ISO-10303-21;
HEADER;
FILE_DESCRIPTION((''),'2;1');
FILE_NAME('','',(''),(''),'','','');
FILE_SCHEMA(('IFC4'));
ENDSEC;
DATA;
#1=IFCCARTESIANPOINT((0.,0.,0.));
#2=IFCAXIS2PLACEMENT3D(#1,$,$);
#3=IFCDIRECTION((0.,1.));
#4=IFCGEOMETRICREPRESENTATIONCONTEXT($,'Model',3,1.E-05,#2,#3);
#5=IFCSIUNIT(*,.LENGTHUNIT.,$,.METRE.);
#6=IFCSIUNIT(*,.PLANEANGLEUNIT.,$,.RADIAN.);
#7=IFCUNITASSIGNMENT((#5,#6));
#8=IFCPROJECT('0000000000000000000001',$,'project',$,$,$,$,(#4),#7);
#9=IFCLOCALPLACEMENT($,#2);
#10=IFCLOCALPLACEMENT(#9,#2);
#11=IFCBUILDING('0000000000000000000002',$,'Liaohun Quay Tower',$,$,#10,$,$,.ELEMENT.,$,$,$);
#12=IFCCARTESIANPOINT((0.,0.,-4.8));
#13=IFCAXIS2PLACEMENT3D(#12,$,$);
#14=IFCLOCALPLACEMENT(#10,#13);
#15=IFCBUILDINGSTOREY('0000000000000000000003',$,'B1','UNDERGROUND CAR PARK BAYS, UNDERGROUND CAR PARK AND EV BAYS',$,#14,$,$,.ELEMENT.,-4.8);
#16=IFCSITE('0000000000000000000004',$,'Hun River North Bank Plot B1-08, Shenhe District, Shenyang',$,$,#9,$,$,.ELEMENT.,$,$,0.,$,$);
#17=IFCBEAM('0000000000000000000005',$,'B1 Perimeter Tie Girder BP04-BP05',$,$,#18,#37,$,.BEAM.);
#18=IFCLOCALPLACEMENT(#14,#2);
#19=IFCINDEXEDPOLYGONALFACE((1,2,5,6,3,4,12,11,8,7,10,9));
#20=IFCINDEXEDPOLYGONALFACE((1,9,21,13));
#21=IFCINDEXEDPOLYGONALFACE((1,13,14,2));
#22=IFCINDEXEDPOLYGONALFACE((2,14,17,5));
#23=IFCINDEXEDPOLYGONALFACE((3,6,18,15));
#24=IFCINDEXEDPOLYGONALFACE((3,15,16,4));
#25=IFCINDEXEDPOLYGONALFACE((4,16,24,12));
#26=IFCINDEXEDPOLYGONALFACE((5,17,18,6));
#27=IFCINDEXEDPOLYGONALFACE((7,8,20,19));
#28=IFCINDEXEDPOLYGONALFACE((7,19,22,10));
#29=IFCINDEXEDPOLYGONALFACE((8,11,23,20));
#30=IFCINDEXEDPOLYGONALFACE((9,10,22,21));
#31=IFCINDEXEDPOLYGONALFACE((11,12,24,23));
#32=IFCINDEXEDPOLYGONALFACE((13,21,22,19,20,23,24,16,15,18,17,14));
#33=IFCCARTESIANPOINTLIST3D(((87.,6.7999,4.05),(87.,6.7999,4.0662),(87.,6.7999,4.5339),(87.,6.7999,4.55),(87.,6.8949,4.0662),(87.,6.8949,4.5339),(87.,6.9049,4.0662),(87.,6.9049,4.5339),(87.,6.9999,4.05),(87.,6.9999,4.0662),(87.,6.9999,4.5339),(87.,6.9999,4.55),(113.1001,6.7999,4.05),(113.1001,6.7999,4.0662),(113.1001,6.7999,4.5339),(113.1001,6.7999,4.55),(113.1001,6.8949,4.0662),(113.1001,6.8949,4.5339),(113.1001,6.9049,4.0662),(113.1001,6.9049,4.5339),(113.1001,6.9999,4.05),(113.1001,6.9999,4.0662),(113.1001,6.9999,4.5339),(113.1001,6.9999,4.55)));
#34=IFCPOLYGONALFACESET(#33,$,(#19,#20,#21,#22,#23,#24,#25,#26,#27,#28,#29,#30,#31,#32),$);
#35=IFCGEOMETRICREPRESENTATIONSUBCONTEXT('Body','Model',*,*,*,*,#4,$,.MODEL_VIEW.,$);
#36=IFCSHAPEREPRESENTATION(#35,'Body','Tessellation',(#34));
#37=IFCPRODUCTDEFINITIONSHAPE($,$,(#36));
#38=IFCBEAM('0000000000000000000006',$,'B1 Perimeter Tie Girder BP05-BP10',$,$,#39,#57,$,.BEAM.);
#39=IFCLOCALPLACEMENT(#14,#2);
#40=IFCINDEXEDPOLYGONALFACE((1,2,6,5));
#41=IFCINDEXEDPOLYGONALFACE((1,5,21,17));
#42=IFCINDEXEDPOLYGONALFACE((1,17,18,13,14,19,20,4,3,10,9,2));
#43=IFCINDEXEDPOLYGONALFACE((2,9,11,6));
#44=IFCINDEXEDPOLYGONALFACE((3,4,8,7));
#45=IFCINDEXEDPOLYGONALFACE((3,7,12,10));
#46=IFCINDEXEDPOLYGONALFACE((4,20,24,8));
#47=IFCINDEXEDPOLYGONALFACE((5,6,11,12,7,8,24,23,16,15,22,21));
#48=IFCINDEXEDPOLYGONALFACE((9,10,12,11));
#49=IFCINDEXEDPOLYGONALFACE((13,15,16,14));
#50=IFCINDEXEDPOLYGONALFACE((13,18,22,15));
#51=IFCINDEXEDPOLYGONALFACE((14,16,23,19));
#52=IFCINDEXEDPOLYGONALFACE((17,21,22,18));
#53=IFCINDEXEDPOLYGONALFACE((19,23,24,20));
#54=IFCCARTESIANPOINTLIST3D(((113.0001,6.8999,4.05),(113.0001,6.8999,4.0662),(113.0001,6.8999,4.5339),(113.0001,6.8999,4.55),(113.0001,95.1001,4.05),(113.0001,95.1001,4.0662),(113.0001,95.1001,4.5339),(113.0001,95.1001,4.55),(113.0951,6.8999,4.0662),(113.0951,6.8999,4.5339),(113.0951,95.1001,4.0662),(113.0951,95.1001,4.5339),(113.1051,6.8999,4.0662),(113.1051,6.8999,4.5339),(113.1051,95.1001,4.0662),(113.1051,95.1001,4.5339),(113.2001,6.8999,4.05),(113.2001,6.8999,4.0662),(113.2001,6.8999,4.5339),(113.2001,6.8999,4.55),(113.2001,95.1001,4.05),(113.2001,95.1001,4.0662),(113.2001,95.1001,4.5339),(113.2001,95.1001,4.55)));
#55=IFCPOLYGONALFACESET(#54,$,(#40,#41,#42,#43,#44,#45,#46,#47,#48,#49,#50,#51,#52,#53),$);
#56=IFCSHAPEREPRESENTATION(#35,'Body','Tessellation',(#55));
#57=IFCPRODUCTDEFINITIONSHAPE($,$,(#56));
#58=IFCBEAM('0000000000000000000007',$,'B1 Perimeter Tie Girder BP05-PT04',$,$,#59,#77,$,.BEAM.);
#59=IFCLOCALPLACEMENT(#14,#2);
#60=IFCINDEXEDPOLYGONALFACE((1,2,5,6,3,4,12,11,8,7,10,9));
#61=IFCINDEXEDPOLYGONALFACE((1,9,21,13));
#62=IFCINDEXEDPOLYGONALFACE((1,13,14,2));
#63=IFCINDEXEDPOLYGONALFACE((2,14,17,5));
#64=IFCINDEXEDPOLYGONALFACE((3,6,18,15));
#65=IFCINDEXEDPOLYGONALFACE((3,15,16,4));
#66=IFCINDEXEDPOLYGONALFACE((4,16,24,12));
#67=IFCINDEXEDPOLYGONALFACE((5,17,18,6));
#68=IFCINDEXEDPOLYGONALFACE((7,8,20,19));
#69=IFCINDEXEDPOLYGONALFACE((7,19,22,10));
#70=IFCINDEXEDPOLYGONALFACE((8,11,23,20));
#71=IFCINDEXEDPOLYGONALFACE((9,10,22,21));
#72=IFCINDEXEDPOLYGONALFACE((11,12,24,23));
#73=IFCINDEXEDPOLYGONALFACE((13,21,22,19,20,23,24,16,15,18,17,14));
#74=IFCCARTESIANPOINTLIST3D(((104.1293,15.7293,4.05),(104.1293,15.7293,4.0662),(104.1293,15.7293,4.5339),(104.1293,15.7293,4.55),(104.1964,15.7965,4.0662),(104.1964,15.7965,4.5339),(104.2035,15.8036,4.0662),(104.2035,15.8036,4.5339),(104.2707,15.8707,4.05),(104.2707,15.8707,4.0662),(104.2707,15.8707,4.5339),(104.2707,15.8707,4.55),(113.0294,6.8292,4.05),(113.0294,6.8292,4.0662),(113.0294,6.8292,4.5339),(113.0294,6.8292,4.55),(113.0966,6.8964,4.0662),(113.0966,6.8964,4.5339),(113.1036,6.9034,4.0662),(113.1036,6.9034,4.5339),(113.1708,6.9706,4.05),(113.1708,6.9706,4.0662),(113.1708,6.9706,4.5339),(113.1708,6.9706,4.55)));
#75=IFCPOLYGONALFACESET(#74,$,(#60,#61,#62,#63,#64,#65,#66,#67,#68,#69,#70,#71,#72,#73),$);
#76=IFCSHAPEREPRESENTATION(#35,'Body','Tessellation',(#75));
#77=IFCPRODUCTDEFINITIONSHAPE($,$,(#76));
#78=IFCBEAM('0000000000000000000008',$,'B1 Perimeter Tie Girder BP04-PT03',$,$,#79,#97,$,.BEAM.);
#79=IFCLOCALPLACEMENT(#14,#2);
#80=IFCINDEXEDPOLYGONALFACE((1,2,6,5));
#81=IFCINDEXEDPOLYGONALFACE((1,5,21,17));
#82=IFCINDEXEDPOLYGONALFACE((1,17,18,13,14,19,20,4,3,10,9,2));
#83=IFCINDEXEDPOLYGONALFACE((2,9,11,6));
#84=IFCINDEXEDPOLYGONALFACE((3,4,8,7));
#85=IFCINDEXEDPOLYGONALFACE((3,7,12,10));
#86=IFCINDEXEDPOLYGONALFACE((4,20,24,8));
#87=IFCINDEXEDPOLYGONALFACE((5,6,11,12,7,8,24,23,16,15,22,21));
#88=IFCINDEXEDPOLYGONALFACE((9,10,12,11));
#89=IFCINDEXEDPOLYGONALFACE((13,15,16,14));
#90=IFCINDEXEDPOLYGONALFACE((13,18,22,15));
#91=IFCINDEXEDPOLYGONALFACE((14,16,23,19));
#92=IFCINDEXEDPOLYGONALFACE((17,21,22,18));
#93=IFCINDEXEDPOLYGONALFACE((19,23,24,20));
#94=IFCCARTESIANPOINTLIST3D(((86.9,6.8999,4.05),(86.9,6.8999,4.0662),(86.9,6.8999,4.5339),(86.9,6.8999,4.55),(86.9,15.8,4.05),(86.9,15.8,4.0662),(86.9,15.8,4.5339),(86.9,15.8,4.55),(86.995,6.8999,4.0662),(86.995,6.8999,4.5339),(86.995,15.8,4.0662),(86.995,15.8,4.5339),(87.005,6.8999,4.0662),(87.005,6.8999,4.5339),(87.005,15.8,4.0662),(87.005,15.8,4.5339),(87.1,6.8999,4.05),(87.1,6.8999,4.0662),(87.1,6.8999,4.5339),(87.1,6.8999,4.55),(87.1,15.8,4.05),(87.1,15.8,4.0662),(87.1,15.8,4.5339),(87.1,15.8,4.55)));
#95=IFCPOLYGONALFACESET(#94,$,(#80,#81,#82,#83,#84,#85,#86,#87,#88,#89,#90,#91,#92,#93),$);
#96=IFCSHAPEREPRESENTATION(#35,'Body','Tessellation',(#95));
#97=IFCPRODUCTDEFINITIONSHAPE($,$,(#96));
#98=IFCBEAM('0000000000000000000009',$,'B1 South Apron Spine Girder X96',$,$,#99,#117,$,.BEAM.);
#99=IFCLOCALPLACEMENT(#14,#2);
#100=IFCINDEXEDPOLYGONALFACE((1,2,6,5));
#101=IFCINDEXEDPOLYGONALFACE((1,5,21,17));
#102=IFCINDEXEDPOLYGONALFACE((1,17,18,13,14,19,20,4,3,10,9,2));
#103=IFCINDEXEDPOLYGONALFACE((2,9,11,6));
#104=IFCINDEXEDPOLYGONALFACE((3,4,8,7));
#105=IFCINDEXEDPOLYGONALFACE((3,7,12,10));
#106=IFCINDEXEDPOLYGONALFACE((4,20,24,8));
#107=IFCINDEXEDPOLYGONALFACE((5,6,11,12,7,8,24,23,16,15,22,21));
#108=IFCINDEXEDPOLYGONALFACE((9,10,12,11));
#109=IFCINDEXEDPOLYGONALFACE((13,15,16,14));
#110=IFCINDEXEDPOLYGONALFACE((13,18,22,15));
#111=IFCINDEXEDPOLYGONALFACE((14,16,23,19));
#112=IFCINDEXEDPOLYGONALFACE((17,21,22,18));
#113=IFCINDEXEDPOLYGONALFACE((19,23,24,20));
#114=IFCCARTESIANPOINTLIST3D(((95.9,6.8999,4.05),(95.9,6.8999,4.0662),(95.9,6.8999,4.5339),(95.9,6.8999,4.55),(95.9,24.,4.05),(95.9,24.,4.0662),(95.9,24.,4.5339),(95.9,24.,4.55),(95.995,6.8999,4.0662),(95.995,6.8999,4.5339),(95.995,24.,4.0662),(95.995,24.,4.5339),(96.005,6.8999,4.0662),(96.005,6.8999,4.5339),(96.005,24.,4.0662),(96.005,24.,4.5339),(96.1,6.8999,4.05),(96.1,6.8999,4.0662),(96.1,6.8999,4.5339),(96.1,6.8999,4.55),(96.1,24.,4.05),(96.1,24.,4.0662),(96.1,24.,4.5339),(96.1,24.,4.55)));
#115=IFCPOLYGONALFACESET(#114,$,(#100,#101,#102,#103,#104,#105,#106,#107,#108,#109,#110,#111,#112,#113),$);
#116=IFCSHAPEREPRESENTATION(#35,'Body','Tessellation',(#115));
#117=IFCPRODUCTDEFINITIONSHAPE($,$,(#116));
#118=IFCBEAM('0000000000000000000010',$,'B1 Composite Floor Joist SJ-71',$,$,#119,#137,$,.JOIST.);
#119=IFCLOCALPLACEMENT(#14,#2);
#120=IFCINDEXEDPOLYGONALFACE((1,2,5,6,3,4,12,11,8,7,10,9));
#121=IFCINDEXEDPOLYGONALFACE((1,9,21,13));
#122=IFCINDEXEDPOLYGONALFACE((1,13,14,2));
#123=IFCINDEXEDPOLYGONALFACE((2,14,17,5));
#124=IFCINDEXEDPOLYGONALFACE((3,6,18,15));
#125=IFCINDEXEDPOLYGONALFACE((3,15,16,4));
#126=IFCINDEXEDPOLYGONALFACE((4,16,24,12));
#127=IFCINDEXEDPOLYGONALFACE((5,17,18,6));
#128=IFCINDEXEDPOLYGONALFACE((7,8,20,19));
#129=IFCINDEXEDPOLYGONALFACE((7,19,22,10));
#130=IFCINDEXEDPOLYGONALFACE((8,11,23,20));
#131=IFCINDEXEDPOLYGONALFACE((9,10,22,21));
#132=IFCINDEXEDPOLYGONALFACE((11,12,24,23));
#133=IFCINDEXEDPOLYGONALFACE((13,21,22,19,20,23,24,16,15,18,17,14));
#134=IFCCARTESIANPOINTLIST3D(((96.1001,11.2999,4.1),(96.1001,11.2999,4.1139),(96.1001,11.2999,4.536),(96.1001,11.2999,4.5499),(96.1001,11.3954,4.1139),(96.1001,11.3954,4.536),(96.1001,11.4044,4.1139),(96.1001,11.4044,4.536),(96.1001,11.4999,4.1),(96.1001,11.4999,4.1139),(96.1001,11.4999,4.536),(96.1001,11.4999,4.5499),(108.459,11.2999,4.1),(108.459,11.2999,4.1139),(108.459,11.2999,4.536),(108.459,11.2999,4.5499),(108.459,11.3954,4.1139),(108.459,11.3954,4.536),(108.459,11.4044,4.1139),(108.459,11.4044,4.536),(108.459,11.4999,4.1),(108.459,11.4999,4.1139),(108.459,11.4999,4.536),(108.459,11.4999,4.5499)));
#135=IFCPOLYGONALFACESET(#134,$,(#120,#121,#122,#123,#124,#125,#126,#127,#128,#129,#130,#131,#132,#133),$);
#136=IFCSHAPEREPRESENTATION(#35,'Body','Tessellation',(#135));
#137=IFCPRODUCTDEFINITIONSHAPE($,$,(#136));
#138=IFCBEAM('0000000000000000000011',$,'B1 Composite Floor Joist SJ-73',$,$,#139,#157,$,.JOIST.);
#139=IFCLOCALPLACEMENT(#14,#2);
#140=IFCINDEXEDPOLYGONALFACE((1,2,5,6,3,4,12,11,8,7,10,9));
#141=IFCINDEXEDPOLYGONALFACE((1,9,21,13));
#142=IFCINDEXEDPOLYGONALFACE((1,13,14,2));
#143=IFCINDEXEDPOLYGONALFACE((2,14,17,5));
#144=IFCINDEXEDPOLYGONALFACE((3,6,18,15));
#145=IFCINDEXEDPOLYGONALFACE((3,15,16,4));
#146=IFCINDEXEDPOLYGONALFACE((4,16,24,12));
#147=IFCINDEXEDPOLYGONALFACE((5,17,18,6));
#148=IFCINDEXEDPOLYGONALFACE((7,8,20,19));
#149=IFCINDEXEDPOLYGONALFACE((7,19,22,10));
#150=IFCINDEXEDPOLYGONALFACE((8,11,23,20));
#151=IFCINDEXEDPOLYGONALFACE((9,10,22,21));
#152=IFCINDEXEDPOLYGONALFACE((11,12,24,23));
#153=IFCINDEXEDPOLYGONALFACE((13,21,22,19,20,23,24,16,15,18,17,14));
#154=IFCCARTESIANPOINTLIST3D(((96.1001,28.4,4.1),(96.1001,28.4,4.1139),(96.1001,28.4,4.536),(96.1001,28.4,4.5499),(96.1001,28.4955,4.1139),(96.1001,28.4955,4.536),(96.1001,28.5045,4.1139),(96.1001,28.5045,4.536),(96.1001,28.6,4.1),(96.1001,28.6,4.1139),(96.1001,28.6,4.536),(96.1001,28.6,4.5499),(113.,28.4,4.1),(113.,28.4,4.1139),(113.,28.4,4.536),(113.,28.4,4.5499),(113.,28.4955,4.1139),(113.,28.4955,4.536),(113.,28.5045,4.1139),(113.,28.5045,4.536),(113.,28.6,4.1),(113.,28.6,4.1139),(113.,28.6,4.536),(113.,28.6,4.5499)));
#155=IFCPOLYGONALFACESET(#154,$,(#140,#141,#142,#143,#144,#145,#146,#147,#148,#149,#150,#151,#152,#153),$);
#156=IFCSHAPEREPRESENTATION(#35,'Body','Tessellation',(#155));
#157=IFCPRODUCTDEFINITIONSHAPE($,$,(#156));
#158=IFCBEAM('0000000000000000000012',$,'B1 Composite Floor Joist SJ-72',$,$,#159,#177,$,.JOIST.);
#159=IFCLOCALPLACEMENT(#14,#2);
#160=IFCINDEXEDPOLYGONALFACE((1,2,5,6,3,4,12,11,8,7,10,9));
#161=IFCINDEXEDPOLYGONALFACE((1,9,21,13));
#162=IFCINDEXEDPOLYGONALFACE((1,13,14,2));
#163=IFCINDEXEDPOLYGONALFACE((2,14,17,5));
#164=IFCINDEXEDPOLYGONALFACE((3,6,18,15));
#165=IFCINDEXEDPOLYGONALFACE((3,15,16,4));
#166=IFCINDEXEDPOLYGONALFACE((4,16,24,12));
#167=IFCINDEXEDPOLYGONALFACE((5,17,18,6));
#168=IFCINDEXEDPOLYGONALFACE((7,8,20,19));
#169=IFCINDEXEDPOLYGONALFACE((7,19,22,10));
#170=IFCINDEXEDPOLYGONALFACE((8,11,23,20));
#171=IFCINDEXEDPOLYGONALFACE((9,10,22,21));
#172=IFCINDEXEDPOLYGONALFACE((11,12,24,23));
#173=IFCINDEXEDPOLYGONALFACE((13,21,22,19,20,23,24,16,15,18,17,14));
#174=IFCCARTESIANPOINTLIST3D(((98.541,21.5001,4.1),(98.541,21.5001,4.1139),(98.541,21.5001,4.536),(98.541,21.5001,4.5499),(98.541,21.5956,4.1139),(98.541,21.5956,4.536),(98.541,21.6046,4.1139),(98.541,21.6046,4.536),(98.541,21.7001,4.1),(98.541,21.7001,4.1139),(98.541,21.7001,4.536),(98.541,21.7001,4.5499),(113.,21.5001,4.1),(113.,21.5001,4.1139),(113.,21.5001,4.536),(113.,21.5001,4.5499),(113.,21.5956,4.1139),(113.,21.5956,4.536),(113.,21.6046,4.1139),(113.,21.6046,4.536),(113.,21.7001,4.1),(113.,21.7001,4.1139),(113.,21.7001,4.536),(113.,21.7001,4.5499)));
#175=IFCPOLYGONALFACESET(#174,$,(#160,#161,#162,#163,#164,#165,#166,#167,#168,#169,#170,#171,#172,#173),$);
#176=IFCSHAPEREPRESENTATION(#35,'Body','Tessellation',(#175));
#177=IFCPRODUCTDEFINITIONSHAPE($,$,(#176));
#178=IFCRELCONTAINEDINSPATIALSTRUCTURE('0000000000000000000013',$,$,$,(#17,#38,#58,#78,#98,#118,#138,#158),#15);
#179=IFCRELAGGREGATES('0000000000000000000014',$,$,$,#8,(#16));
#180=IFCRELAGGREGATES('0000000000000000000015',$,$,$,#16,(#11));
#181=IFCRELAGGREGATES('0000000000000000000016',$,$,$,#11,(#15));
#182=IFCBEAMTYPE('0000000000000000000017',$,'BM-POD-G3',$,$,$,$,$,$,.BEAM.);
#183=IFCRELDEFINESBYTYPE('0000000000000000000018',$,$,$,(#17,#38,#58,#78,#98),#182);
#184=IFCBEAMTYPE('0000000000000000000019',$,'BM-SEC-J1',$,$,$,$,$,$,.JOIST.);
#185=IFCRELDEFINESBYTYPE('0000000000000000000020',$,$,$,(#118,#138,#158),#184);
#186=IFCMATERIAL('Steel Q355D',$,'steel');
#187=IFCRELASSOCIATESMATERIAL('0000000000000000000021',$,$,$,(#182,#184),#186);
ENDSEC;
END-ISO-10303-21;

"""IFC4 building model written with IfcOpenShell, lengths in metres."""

from ifc_helpers import new_model, si_unit, direction, frame, origin, origin_2d, place, context, subcontext, project, spatial, i_section, extrude, source, transform, mapped, material, material_profile, profile_set, type_object, element, save


model = new_model("IFC4")

# Units and contexts
model_context = context("Model", 3, precision=1e-05, world=origin(), true_north=direction((0.0, 1.0)))
body_context = subcontext(model_context, "Body", "Model", "MODEL_VIEW")
ifc_project = project(units=[si_unit("LENGTHUNIT", "METRE"), si_unit("PLANEANGLEUNIT", "RADIAN")], contexts=[model_context])

# Site, building, storey
site_placement = place(None, origin())
site = spatial("IfcSite", under=ifc_project, at=site_placement, Name="Hun River North Bank Plot B1-08, Shenhe District, Shenyang", CompositionType="ELEMENT", RefElevation=0.0)
building_placement = place(site_placement, origin())
building = spatial("IfcBuilding", under=site, at=building_placement, Name="Liaohun Quay Tower", CompositionType="ELEMENT")
storey_placement = place(building_placement, frame((0.0, 0.0, -4.8)))
storey = spatial("IfcBuildingStorey", under=building, at=storey_placement, Name="B1", Description="UNDERGROUND CAR PARK BAYS, UNDERGROUND CAR PARK AND EV BAYS", CompositionType="ELEMENT", Elevation=-4.8)

# Beams
ifc_material_1 = material(Name="Steel Q355D", Category="steel")
ifc_material_profile_1 = material_profile(ifc_material_1, i_section(OverallWidth=0.2, OverallDepth=0.5, WebThickness=0.01, FlangeThickness=0.0161, at=origin_2d()), Name="HN500x200x10x16")
ifc_profile_set_1 = profile_set([ifc_material_profile_1], Name="Steel Q355D")
beam_type_1 = type_object("IfcBeamType", Name="BM-POD-G3", PredefinedType="BEAM", material=ifc_profile_set_1)
shared_shape_1 = source(origin(), body_context, "Body", "SweptSolid", [
    extrude(i_section(OverallWidth=0.2, OverallDepth=0.5, WebThickness=0.01, FlangeThickness=0.0161, at=origin_2d()), origin(), (0.0, 0.0, 1.0), 26.1001),
])
beam_1_placement = place(storey_placement, frame((87.0, 6.8999, 4.3), z_axis=(1.0, 0.0, 0.0), x_axis=(0.0, 1.0, 0.0)))
element("IfcBeam", 1, at=beam_1_placement, inside=storey, type_object=beam_type_1, Name="B1 Perimeter Tie Girder BP04-BP05", PredefinedType="BEAM", context=body_context, shape_type="MappedRepresentation", body=[
    mapped(shared_shape_1, transform((0.0, 0.0, 0.0), x_axis=(1.0, 0.0, 0.0), y_axis=(0.0, 1.0, 0.0), z_axis=(0.0, 0.0, 1.0), scale=1.0)),
])
shared_shape_2 = source(origin(), body_context, "Body", "SweptSolid", [
    extrude(i_section(OverallWidth=0.2, OverallDepth=0.5, WebThickness=0.01, FlangeThickness=0.0161, at=origin_2d()), origin(), (0.0, 0.0, 1.0), 88.2002),
])
beam_2_placement = place(storey_placement, frame((113.1001, 6.8999, 4.3), z_axis=(0.0, 1.0, 0.0), x_axis=(-1.0, 0.0, 0.0)))
element("IfcBeam", 2, at=beam_2_placement, inside=storey, type_object=beam_type_1, Name="B1 Perimeter Tie Girder BP05-BP10", PredefinedType="BEAM", context=body_context, shape_type="MappedRepresentation", body=[
    mapped(shared_shape_2, transform((0.0, 0.0, 0.0), x_axis=(1.0, 0.0, 0.0), y_axis=(0.0, 1.0, 0.0), z_axis=(0.0, 0.0, 1.0), scale=1.0)),
])
shared_shape_3 = source(origin(), body_context, "Body", "SweptSolid", [
    extrude(i_section(OverallWidth=0.2, OverallDepth=0.5, WebThickness=0.01, FlangeThickness=0.0161, at=origin_2d()), origin(), (0.0, 0.0, 1.0), 12.5867),
])
beam_3_placement = place(storey_placement, frame((113.1001, 6.8999, 4.3), z_axis=(-0.707107, 0.707107, 0.0), x_axis=(-0.707107, -0.707107, 0.0)))
element("IfcBeam", 3, at=beam_3_placement, inside=storey, type_object=beam_type_1, Name="B1 Perimeter Tie Girder BP05-PT04", PredefinedType="BEAM", context=body_context, shape_type="MappedRepresentation", body=[
    mapped(shared_shape_3, transform((0.0, 0.0, 0.0), x_axis=(1.0, 0.0, 0.0), y_axis=(0.0, 1.0, 0.0), z_axis=(0.0, 0.0, 1.0), scale=1.0)),
])
shared_shape_4 = source(origin(), body_context, "Body", "SweptSolid", [
    extrude(i_section(OverallWidth=0.2, OverallDepth=0.5, WebThickness=0.01, FlangeThickness=0.0161, at=origin_2d()), origin(), (0.0, 0.0, 1.0), 8.9001),
])
beam_4_placement = place(storey_placement, frame((87.0, 6.8999, 4.3), z_axis=(0.0, 1.0, 0.0), x_axis=(-1.0, 0.0, 0.0)))
element("IfcBeam", 4, at=beam_4_placement, inside=storey, type_object=beam_type_1, Name="B1 Perimeter Tie Girder BP04-PT03", PredefinedType="BEAM", context=body_context, shape_type="MappedRepresentation", body=[
    mapped(shared_shape_4, transform((0.0, 0.0, 0.0), x_axis=(1.0, 0.0, 0.0), y_axis=(0.0, 1.0, 0.0), z_axis=(0.0, 0.0, 1.0), scale=1.0)),
])
shared_shape_5 = source(origin(), body_context, "Body", "SweptSolid", [
    extrude(i_section(OverallWidth=0.2, OverallDepth=0.5, WebThickness=0.01, FlangeThickness=0.0161, at=origin_2d()), origin(), (0.0, 0.0, 1.0), 17.1001),
])
beam_5_placement = place(storey_placement, frame((96.0, 6.8999, 4.3), z_axis=(0.0, 1.0, 0.0), x_axis=(-1.0, 0.0, 0.0)))
element("IfcBeam", 5, at=beam_5_placement, inside=storey, type_object=beam_type_1, Name="B1 South Apron Spine Girder X96", PredefinedType="BEAM", context=body_context, shape_type="MappedRepresentation", body=[
    mapped(shared_shape_5, transform((0.0, 0.0, 0.0), x_axis=(1.0, 0.0, 0.0), y_axis=(0.0, 1.0, 0.0), z_axis=(0.0, 0.0, 1.0), scale=1.0)),
])
ifc_material_profile_2 = material_profile(ifc_material_1, i_section(OverallWidth=0.2, OverallDepth=0.45, WebThickness=0.009, FlangeThickness=0.0139, at=origin_2d()), Name="HN450x200x9x14")
ifc_profile_set_2 = profile_set([ifc_material_profile_2], Name="Steel Q355D")
beam_type_2 = type_object("IfcBeamType", Name="BM-SEC-J1", PredefinedType="JOIST", material=ifc_profile_set_2)
shared_shape_6 = source(origin(), body_context, "Body", "SweptSolid", [
    extrude(i_section(OverallWidth=0.2, OverallDepth=0.45, WebThickness=0.009, FlangeThickness=0.0139, at=origin_2d()), origin(), (0.0, 0.0, 1.0), 12.3589),
])
beam_6_placement = place(storey_placement, frame((96.1001, 11.3999, 4.325), z_axis=(1.0, 0.0, 0.0), x_axis=(0.0, 1.0, 0.0)))
element("IfcBeam", 6, at=beam_6_placement, inside=storey, type_object=beam_type_2, Name="B1 Composite Floor Joist SJ-71", PredefinedType="JOIST", context=body_context, shape_type="MappedRepresentation", body=[
    mapped(shared_shape_6, transform((0.0, 0.0, 0.0), x_axis=(1.0, 0.0, 0.0), y_axis=(0.0, 1.0, 0.0), z_axis=(0.0, 0.0, 1.0), scale=1.0)),
])
shared_shape_7 = source(origin(), body_context, "Body", "SweptSolid", [
    extrude(i_section(OverallWidth=0.2, OverallDepth=0.45, WebThickness=0.009, FlangeThickness=0.0139, at=origin_2d()), origin(), (0.0, 0.0, 1.0), 16.8999),
])
beam_7_placement = place(storey_placement, frame((96.1001, 28.5, 4.325), z_axis=(1.0, 0.0, 0.0), x_axis=(0.0, 1.0, 0.0)))
element("IfcBeam", 7, at=beam_7_placement, inside=storey, type_object=beam_type_2, Name="B1 Composite Floor Joist SJ-73", PredefinedType="JOIST", context=body_context, shape_type="MappedRepresentation", body=[
    mapped(shared_shape_7, transform((0.0, 0.0, 0.0), x_axis=(1.0, 0.0, 0.0), y_axis=(0.0, 1.0, 0.0), z_axis=(0.0, 0.0, 1.0), scale=1.0)),
])
shared_shape_8 = source(origin(), body_context, "Body", "SweptSolid", [
    extrude(i_section(OverallWidth=0.2, OverallDepth=0.45, WebThickness=0.009, FlangeThickness=0.0139, at=origin_2d()), origin(), (0.0, 0.0, 1.0), 14.459),
])
beam_8_placement = place(storey_placement, frame((98.541, 21.6001, 4.325), z_axis=(1.0, 0.0, 0.0), x_axis=(0.0, 1.0, 0.0)))
element("IfcBeam", 8, at=beam_8_placement, inside=storey, type_object=beam_type_2, Name="B1 Composite Floor Joist SJ-72", PredefinedType="JOIST", context=body_context, shape_type="MappedRepresentation", body=[
    mapped(shared_shape_8, transform((0.0, 0.0, 0.0), x_axis=(1.0, 0.0, 0.0), y_axis=(0.0, 1.0, 0.0), z_axis=(0.0, 0.0, 1.0), scale=1.0)),
])

save(model, "model.ifc")
